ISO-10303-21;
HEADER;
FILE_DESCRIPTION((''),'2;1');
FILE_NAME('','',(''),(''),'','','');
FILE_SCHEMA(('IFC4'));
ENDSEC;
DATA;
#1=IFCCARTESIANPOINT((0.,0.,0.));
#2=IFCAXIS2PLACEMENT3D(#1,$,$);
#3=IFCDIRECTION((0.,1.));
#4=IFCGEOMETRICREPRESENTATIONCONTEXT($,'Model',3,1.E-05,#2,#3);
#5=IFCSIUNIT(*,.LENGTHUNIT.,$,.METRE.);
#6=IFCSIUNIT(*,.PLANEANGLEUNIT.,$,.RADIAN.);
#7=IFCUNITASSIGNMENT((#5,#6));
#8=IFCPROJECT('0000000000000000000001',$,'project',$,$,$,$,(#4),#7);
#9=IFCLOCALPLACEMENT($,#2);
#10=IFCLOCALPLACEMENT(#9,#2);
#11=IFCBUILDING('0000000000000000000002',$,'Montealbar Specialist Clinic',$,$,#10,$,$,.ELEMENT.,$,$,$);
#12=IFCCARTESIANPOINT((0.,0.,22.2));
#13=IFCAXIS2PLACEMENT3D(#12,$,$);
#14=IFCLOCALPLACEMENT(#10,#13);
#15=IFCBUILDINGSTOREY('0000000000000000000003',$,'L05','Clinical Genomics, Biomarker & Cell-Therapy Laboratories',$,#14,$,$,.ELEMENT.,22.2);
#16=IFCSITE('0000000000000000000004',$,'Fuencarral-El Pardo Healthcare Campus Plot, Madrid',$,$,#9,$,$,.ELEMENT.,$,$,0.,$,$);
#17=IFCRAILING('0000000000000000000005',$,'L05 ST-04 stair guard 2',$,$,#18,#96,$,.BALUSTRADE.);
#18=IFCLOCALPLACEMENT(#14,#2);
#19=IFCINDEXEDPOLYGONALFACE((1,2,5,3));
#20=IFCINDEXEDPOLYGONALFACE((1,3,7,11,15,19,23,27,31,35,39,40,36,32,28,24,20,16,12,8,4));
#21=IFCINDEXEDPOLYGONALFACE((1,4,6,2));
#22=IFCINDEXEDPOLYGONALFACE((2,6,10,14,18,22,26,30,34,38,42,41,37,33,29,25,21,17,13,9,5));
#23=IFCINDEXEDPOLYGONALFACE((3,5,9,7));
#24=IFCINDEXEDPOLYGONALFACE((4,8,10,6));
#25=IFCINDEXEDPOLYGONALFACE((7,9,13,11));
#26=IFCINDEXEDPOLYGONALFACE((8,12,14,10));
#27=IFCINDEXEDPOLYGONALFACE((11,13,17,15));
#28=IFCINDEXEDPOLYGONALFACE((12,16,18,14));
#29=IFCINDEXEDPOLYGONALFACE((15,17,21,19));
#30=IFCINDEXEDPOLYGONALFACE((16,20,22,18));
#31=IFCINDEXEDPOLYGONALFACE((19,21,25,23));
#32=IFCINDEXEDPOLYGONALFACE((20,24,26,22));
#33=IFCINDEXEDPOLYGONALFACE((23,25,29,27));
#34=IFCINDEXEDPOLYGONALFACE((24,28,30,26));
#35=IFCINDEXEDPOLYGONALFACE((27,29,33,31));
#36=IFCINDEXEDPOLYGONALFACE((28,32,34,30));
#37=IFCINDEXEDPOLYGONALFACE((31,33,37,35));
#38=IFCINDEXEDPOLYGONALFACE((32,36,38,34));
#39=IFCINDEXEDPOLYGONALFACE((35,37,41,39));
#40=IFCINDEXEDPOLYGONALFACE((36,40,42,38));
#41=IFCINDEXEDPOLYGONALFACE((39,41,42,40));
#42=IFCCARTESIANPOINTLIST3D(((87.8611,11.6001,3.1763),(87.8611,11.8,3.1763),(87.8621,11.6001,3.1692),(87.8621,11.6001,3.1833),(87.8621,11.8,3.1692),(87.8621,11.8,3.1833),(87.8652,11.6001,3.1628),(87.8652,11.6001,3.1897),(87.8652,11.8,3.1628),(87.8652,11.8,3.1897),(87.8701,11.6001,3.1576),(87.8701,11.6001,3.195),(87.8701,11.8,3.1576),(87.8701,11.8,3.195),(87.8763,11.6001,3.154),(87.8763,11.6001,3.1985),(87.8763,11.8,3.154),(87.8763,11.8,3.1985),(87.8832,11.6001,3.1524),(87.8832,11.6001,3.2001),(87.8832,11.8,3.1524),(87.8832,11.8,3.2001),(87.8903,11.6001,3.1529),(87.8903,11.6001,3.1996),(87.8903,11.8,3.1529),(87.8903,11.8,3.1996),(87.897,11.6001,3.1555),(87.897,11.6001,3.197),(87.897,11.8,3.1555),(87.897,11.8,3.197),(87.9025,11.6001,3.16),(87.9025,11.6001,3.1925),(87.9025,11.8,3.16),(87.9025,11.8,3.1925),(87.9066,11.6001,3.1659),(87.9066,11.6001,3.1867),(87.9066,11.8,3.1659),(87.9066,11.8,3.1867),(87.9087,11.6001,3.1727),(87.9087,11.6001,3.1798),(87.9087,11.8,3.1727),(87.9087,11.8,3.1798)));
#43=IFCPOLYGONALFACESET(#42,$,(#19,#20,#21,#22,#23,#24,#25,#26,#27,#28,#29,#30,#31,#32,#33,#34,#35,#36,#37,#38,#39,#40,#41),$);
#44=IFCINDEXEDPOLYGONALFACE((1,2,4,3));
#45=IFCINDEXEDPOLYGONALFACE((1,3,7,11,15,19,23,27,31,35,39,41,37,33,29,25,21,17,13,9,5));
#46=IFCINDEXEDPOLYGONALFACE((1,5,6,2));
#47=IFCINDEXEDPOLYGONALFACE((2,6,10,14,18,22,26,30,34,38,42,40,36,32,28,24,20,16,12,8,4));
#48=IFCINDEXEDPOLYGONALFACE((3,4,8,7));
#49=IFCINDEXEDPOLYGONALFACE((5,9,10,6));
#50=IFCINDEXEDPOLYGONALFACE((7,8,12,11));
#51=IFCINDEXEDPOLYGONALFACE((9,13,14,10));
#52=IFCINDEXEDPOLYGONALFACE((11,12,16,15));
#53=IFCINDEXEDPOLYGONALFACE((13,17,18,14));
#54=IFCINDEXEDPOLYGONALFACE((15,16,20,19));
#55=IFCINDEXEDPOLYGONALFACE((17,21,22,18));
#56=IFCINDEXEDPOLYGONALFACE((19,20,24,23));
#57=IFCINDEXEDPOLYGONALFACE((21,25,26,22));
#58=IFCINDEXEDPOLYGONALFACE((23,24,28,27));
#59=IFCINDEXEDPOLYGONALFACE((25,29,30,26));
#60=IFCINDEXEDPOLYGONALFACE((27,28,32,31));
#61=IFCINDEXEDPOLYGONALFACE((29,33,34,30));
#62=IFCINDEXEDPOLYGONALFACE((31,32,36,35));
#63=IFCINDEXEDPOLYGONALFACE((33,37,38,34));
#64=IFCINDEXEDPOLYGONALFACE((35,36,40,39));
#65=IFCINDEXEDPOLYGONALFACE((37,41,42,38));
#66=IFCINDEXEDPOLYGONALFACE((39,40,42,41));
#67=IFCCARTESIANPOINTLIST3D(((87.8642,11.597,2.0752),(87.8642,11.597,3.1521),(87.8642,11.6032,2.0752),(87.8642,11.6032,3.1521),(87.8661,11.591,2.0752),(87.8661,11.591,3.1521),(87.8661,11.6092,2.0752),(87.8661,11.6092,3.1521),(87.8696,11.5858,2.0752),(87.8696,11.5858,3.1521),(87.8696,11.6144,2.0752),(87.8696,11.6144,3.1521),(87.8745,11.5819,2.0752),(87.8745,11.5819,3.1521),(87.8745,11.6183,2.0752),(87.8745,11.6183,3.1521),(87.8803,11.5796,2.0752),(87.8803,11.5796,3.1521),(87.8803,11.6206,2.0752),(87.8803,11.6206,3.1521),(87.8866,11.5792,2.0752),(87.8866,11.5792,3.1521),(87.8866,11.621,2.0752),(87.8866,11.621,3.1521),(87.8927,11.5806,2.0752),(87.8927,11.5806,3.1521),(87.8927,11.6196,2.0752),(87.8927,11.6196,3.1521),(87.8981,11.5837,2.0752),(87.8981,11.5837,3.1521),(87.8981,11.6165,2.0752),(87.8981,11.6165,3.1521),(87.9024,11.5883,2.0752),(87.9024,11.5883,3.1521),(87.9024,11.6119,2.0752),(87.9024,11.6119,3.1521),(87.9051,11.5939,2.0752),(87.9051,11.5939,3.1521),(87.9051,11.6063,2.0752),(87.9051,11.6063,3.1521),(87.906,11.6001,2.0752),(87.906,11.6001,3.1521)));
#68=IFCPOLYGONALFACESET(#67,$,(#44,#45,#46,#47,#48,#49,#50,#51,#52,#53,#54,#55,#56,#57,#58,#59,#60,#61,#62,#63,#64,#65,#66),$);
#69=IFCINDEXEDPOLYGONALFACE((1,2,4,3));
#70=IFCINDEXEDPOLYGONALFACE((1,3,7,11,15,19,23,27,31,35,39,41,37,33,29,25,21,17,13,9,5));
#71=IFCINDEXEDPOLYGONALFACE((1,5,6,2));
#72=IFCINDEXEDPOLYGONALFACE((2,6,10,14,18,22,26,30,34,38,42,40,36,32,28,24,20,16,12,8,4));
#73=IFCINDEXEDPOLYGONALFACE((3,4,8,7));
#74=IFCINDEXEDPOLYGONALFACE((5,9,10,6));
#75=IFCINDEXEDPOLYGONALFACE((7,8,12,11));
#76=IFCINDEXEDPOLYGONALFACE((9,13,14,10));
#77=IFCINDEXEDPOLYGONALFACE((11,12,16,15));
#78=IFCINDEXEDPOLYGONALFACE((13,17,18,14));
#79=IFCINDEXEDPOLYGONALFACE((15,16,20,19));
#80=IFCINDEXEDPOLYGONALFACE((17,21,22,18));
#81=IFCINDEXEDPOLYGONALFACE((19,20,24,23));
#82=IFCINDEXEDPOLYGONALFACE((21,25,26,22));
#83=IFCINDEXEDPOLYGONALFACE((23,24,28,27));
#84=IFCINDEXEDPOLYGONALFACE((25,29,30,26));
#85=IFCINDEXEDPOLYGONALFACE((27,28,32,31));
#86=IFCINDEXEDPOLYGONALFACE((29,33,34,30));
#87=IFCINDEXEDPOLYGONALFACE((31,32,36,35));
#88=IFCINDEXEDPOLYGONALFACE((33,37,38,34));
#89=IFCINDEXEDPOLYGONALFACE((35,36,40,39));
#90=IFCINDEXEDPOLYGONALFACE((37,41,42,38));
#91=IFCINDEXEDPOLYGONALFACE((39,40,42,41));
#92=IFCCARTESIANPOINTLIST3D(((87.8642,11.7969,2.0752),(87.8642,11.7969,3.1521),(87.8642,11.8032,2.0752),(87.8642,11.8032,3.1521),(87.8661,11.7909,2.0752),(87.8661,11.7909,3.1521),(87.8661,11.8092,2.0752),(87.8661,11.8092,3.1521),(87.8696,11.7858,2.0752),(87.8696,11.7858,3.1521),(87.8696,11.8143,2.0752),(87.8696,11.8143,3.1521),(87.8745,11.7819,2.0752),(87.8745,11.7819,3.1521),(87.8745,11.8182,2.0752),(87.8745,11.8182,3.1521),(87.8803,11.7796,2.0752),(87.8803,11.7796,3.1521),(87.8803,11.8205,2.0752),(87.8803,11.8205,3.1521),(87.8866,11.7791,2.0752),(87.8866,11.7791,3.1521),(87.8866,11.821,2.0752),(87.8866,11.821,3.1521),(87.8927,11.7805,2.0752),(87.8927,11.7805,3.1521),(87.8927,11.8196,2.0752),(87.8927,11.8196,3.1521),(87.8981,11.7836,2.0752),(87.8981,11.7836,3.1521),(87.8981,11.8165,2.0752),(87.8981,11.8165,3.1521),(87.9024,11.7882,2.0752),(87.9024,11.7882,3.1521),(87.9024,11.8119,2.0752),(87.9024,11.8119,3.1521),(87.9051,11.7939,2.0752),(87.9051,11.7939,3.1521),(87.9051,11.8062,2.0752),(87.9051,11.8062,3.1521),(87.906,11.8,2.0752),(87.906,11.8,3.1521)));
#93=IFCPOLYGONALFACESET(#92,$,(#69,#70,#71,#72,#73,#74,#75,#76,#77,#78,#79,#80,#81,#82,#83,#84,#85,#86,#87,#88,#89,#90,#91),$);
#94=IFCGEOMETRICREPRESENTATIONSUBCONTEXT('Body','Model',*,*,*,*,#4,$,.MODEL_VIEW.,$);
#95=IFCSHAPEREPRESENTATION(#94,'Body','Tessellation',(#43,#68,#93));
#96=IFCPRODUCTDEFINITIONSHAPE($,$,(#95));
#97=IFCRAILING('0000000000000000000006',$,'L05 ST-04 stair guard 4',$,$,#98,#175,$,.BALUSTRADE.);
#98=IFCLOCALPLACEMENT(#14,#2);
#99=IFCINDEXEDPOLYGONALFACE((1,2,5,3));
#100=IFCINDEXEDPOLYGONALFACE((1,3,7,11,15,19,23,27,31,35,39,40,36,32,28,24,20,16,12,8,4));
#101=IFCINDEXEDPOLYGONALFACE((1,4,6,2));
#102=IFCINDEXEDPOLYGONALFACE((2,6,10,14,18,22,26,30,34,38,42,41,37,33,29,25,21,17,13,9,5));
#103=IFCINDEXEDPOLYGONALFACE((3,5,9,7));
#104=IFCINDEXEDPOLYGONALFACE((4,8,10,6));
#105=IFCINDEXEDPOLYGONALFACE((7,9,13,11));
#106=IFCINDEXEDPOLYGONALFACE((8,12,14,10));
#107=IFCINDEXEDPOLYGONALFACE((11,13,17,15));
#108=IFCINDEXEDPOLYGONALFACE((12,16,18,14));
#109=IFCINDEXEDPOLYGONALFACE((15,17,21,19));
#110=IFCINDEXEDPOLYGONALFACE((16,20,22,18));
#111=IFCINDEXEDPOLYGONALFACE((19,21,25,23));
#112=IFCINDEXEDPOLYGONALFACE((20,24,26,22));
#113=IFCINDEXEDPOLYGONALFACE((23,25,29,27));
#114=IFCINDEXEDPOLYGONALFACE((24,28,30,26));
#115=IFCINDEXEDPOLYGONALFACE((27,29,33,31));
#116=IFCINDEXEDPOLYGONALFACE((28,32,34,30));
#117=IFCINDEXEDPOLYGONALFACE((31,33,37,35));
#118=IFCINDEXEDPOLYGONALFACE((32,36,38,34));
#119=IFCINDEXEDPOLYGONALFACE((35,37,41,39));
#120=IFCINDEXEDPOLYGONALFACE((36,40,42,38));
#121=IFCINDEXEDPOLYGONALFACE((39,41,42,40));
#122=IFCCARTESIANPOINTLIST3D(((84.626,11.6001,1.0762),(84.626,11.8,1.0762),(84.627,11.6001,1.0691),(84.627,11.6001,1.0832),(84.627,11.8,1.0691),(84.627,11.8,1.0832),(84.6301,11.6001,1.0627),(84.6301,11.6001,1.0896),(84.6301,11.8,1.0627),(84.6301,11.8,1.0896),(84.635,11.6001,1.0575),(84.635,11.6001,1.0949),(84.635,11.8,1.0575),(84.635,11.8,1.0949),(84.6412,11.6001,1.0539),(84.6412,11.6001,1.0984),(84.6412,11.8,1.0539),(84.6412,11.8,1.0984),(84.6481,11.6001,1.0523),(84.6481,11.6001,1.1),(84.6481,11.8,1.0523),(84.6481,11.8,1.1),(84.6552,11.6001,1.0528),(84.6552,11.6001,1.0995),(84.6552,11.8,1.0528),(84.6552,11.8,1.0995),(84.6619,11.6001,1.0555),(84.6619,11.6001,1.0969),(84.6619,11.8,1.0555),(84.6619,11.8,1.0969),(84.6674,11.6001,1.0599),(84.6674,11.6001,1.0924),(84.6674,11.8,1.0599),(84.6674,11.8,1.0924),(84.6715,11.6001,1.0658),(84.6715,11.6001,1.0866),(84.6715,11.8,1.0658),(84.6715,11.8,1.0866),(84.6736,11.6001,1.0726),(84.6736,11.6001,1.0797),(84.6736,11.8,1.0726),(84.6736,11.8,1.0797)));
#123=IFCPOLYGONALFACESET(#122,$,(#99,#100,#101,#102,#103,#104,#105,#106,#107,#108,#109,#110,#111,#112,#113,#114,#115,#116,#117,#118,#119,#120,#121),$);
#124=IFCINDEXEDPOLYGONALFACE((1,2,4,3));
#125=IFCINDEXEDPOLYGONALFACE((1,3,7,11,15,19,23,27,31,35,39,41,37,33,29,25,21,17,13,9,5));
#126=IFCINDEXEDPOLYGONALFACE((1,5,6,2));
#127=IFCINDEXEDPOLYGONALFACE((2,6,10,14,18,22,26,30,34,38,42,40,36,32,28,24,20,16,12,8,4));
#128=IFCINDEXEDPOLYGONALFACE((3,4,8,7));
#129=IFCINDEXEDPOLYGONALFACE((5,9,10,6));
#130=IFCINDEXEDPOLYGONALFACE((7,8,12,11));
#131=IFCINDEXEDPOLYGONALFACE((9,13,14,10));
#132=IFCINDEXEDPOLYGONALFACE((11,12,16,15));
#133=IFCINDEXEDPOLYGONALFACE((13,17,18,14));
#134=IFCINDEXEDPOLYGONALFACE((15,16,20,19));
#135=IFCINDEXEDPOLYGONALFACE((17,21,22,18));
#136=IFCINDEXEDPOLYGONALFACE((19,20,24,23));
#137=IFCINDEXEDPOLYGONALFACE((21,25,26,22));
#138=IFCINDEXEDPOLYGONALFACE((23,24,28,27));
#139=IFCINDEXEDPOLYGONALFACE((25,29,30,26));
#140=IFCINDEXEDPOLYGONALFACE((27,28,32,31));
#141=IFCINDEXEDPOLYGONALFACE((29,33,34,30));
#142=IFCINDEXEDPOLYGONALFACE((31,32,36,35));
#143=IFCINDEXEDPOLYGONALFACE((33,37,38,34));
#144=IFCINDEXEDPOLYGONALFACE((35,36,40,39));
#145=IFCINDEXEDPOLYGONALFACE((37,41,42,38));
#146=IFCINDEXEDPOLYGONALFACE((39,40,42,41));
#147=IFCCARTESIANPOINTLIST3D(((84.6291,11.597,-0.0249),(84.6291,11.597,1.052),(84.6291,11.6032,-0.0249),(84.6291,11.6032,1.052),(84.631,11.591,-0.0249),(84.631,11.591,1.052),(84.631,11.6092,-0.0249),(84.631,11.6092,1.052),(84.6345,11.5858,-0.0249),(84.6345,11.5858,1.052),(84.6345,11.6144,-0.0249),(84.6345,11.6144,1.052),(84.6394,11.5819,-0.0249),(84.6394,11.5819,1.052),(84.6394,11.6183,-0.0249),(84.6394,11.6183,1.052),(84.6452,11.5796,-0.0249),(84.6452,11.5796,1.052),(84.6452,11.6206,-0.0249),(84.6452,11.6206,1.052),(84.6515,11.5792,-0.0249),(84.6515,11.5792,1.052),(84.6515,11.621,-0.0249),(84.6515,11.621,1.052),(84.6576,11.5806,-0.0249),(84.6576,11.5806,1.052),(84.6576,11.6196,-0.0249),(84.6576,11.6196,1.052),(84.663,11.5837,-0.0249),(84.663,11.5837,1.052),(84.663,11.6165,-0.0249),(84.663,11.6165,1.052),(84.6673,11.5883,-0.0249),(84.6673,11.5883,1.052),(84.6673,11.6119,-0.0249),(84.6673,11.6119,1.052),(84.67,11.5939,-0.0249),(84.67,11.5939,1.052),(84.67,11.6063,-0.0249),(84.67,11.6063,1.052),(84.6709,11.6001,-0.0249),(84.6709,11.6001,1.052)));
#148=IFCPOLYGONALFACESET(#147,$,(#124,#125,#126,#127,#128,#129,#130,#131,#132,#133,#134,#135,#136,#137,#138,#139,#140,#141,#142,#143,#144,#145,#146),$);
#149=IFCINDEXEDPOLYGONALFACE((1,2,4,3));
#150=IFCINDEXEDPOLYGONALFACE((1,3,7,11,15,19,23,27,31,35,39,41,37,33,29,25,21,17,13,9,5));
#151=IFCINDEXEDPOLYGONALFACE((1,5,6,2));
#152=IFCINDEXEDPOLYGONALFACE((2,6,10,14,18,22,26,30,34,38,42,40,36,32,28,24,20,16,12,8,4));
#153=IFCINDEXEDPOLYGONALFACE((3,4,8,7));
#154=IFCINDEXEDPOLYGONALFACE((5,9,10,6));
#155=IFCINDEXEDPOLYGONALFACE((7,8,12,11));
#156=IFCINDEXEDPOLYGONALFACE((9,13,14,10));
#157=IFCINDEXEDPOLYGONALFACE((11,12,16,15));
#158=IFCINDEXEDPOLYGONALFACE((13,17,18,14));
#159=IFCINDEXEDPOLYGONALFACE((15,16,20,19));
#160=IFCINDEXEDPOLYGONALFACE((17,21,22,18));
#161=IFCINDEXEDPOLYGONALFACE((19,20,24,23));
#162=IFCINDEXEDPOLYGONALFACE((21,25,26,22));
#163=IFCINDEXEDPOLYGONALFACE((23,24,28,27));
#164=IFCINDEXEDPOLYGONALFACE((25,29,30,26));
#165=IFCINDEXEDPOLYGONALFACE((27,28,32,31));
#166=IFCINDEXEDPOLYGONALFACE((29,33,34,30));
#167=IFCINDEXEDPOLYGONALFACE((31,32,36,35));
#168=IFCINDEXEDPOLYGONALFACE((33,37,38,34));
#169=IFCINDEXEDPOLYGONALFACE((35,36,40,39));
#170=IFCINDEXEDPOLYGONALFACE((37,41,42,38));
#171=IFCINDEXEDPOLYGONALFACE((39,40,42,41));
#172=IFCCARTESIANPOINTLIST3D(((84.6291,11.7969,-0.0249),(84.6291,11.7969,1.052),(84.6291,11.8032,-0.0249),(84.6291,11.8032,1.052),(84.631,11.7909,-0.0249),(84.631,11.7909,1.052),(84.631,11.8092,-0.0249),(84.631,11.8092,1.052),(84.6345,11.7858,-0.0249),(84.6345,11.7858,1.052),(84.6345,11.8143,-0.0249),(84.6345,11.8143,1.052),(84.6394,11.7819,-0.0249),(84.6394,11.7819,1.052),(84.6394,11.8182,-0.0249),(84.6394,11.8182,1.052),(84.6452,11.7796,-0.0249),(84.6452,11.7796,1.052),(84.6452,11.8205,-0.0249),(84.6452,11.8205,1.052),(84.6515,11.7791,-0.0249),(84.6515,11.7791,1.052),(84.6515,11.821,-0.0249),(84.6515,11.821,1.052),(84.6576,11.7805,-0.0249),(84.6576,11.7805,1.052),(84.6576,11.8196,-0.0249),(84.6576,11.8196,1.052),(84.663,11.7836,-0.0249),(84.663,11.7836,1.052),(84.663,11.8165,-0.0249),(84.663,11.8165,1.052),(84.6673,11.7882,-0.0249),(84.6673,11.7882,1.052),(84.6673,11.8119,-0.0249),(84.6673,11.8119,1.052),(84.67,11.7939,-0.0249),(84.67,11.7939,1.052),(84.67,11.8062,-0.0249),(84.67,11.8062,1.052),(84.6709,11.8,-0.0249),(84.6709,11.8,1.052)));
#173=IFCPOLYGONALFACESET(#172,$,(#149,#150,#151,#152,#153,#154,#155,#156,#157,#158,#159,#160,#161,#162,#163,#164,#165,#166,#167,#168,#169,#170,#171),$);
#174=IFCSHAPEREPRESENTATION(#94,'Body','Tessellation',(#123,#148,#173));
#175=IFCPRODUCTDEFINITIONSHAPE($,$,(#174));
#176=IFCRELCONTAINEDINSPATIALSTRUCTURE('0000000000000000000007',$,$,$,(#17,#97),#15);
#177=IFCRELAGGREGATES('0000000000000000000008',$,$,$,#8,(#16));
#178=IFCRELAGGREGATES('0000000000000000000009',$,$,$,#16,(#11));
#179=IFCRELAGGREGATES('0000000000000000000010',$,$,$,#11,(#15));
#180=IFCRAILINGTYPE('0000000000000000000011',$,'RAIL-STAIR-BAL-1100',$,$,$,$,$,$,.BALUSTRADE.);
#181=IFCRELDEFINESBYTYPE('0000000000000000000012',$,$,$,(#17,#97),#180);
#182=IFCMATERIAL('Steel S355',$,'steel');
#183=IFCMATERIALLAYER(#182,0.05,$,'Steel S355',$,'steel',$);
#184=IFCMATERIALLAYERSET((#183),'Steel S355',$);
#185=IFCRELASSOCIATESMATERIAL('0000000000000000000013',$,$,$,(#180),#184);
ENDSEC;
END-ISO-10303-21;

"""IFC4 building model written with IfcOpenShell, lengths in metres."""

from ifc_helpers import new_model, si_unit, direction, frame, origin, origin_2d, place, context, subcontext, project, spatial, circle, extrude, material, layer, layer_set, type_object, element, save


model = new_model("IFC4")

# Units and contexts
model_context = context("Model", 3, precision=1e-05, world=origin(), true_north=direction((0.0, 1.0)))
body_context = subcontext(model_context, "Body", "Model", "MODEL_VIEW")
ifc_project = project(units=[si_unit("LENGTHUNIT", "METRE"), si_unit("PLANEANGLEUNIT", "RADIAN")], contexts=[model_context])

# Site, building, storey
site_placement = place(None, origin())
site = spatial("IfcSite", under=ifc_project, at=site_placement, Name="Fuencarral-El Pardo Healthcare Campus Plot, Madrid", CompositionType="ELEMENT", RefElevation=0.0)
building_placement = place(site_placement, origin())
building = spatial("IfcBuilding", under=site, at=building_placement, Name="Montealbar Specialist Clinic", CompositionType="ELEMENT")
storey_placement = place(building_placement, frame((0.0, 0.0, 22.2)))
storey = spatial("IfcBuildingStorey", under=building, at=storey_placement, Name="L05", Description="Clinical Genomics, Biomarker & Cell-Therapy Laboratories", CompositionType="ELEMENT", Elevation=22.2)

# Shared definitions
ifc_material_1 = material(Name="Steel S355", Category="steel")

# Railings
ifc_layer_1 = layer(ifc_material_1, 0.05, Name="Steel S355", Category="steel")
ifc_layer_set_1 = layer_set([ifc_layer_1], Name="Steel S355")
railing_type_1 = type_object("IfcRailingType", Name="RAIL-STAIR-BAL-1100", PredefinedType="BALUSTRADE", material=ifc_layer_set_1)
railing_1_placement = place(storey_placement, frame((87.885, 11.6001, 2.1001)))
element("IfcRailing", 1, at=railing_1_placement, inside=storey, type_object=railing_type_1, Name="L05 ST-04 stair guard 2", PredefinedType="BALUSTRADE", context=body_context, shape_type="SweptSolid", body=[
    extrude(circle(Radius=0.0239, at=origin_2d()), frame((0.0, 0.0, 1.0762), z_axis=(0.0, 1.0, 0.0), x_axis=(-1.0, 0.0, 0.0)), (0.0, 0.0, 1.0), 0.2),
    extrude(circle(Radius=0.021, at=origin_2d()), frame((0.0, 0.0, -0.0249)), (0.0, 0.0, 1.0), 1.0769),
    extrude(circle(Radius=0.021, at=origin_2d()), frame((0.0, 0.2, -0.0249)), (0.0, 0.0, 1.0), 1.0769),
])
railing_2_placement = place(storey_placement, frame((84.6499, 11.6001, 0.0)))
element("IfcRailing", 2, at=railing_2_placement, inside=storey, type_object=railing_type_1, Name="L05 ST-04 stair guard 4", PredefinedType="BALUSTRADE", context=body_context, shape_type="SweptSolid", body=[
    extrude(circle(Radius=0.0239, at=origin_2d()), frame((0.0, 0.0, 1.0762), z_axis=(0.0, 1.0, 0.0), x_axis=(-1.0, 0.0, 0.0)), (0.0, 0.0, 1.0), 0.2),
    extrude(circle(Radius=0.021, at=origin_2d()), frame((0.0, 0.0, -0.0249)), (0.0, 0.0, 1.0), 1.0769),
    extrude(circle(Radius=0.021, at=origin_2d()), frame((0.0, 0.2, -0.0249)), (0.0, 0.0, 1.0), 1.0769),
])

save(model, "model.ifc")
